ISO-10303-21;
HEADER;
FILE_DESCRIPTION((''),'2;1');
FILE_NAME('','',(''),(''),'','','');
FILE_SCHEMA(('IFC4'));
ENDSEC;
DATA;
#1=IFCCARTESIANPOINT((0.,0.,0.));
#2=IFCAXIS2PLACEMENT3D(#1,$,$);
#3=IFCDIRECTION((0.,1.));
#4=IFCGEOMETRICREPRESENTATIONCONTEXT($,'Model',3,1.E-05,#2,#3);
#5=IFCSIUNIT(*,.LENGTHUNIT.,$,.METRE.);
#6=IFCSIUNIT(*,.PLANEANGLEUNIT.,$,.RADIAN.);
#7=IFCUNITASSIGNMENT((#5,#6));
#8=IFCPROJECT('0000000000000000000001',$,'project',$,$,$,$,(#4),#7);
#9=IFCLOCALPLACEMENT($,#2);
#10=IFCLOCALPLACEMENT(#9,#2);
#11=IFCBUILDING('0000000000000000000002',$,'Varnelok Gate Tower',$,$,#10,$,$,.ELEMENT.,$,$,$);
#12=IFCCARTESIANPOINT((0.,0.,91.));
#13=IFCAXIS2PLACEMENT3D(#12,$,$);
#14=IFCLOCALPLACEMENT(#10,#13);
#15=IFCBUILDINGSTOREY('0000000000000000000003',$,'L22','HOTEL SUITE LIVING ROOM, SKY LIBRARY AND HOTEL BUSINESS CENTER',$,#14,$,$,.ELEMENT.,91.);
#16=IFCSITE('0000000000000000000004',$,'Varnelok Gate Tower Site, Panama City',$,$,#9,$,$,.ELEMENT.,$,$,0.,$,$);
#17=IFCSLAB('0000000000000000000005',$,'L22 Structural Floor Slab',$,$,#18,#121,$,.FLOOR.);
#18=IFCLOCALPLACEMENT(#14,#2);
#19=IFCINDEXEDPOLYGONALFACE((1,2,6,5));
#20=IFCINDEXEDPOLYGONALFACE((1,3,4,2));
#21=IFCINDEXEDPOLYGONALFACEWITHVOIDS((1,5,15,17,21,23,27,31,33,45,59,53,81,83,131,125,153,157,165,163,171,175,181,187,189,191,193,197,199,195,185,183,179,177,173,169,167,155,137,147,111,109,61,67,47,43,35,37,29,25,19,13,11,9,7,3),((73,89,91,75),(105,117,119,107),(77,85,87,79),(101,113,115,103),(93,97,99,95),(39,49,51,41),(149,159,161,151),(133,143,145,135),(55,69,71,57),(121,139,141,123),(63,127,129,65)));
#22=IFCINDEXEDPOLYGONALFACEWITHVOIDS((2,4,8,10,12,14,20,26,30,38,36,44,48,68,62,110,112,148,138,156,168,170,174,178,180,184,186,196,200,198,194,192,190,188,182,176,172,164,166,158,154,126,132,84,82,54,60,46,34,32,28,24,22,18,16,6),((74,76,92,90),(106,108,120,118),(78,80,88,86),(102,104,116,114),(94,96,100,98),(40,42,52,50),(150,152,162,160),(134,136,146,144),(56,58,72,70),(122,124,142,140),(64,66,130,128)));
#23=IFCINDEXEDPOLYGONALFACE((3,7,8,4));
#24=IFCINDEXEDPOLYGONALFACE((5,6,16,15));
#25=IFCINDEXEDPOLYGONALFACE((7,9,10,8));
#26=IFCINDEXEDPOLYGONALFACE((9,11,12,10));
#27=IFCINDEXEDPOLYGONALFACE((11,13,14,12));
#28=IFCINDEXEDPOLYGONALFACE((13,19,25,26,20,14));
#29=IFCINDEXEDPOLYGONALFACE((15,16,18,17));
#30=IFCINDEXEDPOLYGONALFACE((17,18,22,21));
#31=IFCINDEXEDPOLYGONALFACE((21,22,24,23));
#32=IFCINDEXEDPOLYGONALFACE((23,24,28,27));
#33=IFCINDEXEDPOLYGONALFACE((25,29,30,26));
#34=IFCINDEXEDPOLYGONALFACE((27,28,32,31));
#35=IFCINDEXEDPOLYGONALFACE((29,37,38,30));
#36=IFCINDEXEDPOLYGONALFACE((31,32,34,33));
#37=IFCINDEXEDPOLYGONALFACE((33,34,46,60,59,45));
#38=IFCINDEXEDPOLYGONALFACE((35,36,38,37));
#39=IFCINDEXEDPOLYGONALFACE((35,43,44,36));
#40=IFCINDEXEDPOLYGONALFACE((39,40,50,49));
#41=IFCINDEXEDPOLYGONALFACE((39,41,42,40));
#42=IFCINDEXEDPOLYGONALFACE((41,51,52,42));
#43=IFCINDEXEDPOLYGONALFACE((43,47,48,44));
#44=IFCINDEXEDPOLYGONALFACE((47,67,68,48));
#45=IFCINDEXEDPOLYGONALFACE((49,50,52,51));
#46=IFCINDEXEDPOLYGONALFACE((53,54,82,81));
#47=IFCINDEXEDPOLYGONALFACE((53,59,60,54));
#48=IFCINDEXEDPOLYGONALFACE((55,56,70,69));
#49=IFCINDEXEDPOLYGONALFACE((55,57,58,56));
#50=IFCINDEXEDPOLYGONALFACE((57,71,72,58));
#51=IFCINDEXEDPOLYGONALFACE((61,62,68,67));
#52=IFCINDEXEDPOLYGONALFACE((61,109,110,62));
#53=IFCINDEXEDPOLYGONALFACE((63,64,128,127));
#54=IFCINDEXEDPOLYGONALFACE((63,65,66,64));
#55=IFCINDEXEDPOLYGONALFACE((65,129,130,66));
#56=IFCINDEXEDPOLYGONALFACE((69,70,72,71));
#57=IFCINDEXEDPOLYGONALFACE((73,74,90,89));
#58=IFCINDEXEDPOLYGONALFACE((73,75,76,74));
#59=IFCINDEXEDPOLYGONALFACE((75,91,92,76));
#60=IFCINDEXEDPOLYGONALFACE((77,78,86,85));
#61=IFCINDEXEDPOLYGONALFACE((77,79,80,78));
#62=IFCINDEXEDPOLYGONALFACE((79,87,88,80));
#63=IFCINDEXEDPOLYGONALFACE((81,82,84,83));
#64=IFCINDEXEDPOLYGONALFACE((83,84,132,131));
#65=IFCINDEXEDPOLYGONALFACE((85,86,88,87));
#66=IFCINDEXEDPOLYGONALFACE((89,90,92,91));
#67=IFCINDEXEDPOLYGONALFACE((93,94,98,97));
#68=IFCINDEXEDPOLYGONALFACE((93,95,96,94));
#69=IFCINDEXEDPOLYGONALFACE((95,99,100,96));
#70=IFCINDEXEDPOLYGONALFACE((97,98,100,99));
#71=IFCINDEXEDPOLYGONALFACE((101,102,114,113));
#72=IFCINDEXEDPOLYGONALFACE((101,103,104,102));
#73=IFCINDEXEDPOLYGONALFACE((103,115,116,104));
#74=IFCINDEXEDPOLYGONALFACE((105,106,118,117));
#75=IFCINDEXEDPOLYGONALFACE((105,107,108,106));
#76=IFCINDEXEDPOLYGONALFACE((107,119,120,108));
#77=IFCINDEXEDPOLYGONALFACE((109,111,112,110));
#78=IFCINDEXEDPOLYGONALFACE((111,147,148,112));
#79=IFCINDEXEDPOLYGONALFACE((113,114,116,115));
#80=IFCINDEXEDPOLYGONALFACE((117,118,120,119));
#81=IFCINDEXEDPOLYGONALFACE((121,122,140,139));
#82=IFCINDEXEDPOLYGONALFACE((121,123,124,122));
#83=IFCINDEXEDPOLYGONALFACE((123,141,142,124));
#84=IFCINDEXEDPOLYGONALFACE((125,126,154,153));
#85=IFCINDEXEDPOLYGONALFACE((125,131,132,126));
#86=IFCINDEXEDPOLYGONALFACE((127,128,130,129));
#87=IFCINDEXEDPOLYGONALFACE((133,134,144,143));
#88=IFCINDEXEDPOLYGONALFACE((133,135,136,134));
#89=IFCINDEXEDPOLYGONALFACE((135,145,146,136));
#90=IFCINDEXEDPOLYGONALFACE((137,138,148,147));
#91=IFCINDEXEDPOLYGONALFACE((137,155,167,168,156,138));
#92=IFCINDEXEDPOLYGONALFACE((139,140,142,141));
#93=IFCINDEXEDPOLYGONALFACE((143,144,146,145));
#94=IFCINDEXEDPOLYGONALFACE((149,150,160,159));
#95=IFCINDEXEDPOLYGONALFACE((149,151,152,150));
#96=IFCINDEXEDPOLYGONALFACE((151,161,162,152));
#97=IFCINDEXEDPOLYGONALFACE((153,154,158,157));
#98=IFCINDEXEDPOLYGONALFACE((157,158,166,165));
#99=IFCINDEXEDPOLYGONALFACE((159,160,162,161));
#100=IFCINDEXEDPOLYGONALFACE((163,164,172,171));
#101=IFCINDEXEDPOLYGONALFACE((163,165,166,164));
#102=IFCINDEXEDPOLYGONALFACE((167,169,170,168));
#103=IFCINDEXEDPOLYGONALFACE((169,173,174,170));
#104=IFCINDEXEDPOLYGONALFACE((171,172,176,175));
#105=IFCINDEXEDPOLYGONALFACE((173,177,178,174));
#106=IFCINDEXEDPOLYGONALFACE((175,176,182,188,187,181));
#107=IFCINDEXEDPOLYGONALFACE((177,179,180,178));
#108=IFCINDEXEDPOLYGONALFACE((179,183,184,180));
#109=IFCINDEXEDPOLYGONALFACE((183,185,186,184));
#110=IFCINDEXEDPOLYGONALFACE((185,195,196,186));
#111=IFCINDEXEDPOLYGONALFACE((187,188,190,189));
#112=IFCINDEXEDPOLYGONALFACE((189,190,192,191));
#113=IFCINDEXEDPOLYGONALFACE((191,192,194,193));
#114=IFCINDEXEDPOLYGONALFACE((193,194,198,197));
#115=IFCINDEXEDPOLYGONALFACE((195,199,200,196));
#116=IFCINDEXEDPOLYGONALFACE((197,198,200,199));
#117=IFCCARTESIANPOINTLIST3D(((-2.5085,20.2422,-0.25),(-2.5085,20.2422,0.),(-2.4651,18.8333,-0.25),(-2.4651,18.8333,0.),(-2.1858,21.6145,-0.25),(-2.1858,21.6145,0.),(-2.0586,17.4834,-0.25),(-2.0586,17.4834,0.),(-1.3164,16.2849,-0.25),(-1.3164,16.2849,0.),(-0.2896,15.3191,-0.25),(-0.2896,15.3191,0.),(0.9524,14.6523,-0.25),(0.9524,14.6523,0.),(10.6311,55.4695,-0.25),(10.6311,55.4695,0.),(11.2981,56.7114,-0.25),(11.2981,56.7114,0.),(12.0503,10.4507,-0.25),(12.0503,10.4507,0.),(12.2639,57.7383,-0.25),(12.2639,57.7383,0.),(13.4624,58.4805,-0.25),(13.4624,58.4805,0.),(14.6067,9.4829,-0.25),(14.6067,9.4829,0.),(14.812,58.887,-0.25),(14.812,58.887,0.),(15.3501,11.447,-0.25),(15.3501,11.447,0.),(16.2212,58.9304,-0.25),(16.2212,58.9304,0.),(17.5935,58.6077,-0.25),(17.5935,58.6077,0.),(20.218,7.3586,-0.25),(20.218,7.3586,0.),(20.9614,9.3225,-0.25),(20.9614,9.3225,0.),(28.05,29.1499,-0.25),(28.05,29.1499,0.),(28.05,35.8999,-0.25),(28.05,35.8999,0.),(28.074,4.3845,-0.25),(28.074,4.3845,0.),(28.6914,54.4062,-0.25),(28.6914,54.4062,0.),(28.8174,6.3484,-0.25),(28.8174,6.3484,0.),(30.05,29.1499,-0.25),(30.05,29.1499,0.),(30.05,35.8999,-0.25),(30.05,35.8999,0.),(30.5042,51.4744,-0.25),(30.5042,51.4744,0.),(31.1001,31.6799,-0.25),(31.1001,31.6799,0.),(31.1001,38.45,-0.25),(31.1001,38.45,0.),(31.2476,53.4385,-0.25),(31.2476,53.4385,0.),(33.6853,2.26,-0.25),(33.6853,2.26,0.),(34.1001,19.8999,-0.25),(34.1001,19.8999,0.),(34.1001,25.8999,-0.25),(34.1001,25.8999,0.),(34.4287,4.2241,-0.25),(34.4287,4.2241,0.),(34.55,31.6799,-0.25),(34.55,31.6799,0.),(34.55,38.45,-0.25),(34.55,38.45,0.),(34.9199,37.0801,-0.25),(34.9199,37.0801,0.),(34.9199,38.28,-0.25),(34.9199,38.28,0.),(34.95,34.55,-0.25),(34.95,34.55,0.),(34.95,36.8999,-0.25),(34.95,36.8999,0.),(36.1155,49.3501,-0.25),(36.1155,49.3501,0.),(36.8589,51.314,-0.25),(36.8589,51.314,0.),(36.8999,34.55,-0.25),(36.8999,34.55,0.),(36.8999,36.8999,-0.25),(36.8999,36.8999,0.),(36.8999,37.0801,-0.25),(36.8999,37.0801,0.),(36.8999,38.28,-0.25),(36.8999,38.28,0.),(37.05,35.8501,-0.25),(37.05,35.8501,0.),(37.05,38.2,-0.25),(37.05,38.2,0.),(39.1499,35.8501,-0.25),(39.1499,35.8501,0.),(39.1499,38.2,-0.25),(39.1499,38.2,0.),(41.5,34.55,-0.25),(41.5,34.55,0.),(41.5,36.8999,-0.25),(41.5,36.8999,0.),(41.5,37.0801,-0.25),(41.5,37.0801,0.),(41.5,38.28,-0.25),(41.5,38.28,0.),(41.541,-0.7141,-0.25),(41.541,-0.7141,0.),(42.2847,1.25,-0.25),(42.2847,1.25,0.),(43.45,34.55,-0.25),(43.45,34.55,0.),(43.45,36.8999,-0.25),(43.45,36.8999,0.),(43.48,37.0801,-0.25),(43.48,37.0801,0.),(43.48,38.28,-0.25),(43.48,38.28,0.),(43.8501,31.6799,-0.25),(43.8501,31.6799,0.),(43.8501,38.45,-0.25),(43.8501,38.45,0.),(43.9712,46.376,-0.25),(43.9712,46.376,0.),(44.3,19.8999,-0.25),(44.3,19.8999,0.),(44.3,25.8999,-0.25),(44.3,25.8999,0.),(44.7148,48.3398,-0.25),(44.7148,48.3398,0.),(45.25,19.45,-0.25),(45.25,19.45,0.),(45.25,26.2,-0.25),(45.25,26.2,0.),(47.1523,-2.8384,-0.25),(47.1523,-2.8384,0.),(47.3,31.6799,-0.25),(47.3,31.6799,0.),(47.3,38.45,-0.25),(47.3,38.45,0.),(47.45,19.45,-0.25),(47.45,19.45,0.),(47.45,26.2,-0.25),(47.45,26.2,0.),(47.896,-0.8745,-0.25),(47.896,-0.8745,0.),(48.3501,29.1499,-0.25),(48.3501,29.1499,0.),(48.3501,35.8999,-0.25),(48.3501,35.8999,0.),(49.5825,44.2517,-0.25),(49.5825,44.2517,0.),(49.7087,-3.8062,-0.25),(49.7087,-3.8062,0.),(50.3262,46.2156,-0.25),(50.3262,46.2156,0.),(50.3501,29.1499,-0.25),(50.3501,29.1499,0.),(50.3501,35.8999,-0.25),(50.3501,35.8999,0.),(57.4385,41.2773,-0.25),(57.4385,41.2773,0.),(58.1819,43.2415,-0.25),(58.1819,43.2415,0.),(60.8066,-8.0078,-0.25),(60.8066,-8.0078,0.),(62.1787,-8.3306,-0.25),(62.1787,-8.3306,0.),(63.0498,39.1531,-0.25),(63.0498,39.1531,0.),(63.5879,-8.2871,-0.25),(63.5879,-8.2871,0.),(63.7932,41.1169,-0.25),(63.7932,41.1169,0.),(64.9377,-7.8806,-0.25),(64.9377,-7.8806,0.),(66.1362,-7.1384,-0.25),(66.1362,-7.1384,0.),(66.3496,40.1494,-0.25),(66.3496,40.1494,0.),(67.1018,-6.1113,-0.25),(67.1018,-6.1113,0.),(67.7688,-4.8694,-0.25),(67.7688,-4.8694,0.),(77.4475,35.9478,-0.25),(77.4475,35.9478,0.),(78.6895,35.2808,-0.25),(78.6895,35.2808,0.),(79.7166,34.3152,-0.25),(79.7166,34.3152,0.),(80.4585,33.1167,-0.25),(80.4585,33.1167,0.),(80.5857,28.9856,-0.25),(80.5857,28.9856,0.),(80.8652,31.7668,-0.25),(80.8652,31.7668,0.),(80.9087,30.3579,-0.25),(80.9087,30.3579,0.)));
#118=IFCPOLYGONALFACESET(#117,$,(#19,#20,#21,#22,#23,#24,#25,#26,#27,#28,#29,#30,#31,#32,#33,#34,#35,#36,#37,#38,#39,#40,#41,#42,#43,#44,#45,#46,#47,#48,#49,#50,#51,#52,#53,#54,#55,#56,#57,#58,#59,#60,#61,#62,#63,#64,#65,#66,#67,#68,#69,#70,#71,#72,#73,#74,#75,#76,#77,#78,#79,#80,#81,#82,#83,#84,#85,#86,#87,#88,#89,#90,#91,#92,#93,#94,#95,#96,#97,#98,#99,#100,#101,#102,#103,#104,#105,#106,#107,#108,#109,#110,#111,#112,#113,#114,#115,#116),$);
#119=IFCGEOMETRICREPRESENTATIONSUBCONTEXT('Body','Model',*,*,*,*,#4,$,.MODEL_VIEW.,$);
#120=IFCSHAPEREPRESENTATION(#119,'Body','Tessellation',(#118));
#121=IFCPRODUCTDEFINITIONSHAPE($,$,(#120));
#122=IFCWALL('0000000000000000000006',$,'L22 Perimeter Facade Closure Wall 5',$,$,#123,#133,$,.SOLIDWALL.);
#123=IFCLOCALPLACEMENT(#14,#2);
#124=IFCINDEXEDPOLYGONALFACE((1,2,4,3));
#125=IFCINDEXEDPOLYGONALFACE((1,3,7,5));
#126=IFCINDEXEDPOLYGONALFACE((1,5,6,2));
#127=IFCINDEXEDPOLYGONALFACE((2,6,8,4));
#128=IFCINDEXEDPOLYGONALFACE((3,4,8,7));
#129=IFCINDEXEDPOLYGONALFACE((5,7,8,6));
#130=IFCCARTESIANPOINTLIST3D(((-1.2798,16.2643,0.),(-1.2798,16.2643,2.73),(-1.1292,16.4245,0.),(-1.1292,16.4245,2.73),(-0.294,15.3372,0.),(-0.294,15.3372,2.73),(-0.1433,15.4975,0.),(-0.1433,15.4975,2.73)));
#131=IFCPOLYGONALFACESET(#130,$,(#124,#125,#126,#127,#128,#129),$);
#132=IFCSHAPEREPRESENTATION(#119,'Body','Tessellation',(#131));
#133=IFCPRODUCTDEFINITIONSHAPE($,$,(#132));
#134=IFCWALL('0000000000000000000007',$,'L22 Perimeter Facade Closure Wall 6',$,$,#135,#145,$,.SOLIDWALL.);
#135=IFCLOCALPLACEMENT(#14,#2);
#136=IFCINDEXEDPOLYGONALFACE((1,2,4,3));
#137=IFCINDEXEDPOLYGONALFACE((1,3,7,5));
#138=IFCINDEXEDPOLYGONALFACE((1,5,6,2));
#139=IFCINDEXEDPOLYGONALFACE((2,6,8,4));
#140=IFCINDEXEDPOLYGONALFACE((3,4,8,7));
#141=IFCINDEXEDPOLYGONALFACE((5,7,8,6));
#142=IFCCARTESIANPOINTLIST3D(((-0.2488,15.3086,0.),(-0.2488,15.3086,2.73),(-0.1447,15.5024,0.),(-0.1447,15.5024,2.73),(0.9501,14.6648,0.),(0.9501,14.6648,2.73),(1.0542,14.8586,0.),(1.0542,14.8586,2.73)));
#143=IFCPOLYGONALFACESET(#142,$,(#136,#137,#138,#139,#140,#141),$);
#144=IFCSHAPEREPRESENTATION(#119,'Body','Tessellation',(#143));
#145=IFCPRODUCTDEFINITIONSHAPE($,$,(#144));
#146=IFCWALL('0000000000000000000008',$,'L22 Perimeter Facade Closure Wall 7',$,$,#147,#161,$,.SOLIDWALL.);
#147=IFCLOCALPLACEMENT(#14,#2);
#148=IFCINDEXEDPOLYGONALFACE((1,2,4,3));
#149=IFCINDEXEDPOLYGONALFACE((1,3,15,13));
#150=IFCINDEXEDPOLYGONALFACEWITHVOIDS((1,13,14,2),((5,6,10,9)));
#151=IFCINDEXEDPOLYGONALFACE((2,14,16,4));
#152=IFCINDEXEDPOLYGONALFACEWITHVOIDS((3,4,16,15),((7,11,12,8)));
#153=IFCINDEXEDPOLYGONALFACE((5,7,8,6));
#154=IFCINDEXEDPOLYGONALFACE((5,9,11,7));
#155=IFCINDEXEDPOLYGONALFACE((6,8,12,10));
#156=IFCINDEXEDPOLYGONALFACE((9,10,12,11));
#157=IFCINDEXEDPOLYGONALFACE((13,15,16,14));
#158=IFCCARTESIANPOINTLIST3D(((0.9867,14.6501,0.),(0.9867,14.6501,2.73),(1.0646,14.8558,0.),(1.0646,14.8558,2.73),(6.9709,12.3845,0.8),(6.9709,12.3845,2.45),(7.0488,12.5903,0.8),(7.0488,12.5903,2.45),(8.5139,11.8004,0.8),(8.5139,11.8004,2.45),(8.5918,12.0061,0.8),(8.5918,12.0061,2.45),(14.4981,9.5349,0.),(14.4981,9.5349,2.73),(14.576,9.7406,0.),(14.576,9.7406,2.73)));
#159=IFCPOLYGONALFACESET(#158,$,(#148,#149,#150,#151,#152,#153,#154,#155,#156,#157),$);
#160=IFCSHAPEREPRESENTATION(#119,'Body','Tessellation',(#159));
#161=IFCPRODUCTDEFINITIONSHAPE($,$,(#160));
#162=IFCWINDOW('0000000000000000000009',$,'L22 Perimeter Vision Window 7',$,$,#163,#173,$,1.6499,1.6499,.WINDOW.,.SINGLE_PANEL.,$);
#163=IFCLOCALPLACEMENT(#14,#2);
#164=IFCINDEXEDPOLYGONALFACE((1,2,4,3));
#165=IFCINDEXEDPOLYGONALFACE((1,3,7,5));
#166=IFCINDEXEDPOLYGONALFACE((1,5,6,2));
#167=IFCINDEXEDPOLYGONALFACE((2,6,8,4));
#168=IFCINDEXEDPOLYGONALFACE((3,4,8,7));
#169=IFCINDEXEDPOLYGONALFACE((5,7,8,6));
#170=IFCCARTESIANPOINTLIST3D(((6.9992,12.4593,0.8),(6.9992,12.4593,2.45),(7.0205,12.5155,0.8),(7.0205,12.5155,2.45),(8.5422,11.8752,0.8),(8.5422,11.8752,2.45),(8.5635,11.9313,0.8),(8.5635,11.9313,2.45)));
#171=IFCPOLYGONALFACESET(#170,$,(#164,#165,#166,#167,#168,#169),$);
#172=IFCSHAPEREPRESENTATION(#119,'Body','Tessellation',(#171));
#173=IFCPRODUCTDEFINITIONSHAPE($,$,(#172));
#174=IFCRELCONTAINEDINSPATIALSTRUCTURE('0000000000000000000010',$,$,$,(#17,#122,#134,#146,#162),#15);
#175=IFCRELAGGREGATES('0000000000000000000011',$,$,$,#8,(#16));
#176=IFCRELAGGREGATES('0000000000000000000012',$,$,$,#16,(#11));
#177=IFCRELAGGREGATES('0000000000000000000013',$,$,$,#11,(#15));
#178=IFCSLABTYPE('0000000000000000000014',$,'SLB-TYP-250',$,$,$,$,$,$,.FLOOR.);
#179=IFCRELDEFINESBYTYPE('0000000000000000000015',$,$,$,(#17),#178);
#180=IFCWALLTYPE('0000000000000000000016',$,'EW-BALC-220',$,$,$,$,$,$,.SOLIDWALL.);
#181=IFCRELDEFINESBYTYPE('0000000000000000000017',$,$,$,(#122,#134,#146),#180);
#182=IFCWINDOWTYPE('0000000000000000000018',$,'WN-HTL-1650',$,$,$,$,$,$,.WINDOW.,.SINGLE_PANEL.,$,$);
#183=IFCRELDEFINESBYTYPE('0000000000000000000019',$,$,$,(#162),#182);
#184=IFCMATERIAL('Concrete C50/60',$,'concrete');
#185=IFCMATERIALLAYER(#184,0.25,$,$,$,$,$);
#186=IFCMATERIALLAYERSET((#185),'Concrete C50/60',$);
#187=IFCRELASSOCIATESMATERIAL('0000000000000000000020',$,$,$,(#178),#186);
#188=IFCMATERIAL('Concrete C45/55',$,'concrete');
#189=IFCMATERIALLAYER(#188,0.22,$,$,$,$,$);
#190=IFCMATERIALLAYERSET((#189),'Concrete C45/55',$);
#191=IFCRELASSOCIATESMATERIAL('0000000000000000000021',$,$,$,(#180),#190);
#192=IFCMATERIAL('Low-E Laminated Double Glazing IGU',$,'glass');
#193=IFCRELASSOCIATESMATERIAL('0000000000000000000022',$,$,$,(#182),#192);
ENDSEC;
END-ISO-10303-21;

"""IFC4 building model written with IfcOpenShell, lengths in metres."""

from ifc_helpers import new_model, si_unit, direction, frame, frame_2d, origin, place, context, subcontext, project, spatial, polyline, rectangle, outline, extrude, material, layer, layer_set, type_object, element, fill, save


model = new_model("IFC4")

# Units and contexts
model_context = context("Model", 3, precision=1e-05, world=origin(), true_north=direction((0.0, 1.0)))
body_context = subcontext(model_context, "Body", "Model", "MODEL_VIEW")
ifc_project = project(units=[si_unit("LENGTHUNIT", "METRE"), si_unit("PLANEANGLEUNIT", "RADIAN")], contexts=[model_context])

# Site, building, storey
site_placement = place(None, origin())
site = spatial("IfcSite", under=ifc_project, at=site_placement, Name="Varnelok Gate Tower Site, Panama City", CompositionType="ELEMENT", RefElevation=0.0)
building_placement = place(site_placement, origin())
building = spatial("IfcBuilding", under=site, at=building_placement, Name="Varnelok Gate Tower", CompositionType="ELEMENT")
storey_placement = place(building_placement, frame((0.0, 0.0, 91.0)))
storey = spatial("IfcBuildingStorey", under=building, at=storey_placement, Name="L22", Description="HOTEL SUITE LIVING ROOM, SKY LIBRARY AND HOTEL BUSINESS CENTER", CompositionType="ELEMENT", Elevation=91.0)

# Shared definitions
ifc_material_1 = material(Name="Concrete C45/55", Category="concrete")

# Shared definitions
ifc_material_2 = material(Name="Concrete C50/60", Category="concrete")

# Slab
ifc_layer_1 = layer(ifc_material_2, 0.25)
ifc_layer_set_1 = layer_set([ifc_layer_1], Name="Concrete C50/60")
slab_type_1 = type_object("IfcSlabType", Name="SLB-TYP-250", PredefinedType="FLOOR", material=ifc_layer_set_1)
slab_1_placement = place(storey_placement, frame((0.0, 0.0, -0.25)))
element("IfcSlab", 1, at=slab_1_placement, inside=storey, type_object=slab_type_1, Name="L22 Structural Floor Slab", PredefinedType="FLOOR", context=body_context, shape_type="SweptSolid", body=[
    extrude(outline(polyline([(-2.1858, 21.6145), (-2.5085, 20.2422), (-2.4651, 18.8333), (-2.0586, 17.4834), (-1.3164, 16.2849), (-0.2896, 15.3191), (0.9524, 14.6523), (12.0503, 10.4507), (14.6067, 9.4829), (15.3501, 11.447), (20.9614, 9.3225), (20.218, 7.3586), (28.074, 4.3845), (28.8174, 6.3484), (34.4287, 4.2241), (33.6853, 2.26), (41.541, -0.7141), (42.2847, 1.25), (47.896, -0.8745), (47.1523, -2.8384), (49.7087, -3.8062), (60.8066, -8.0078), (62.1787, -8.3306), (63.5879, -8.2871), (64.9377, -7.8806), (66.1362, -7.1384), (67.1018, -6.1113), (67.7688, -4.8694), (80.5857, 28.9856), (80.9087, 30.3579), (80.8652, 31.7668), (80.4585, 33.1167), (79.7166, 34.3152), (78.6895, 35.2808), (77.4475, 35.9478), (66.3496, 40.1494), (63.7932, 41.1169), (63.0498, 39.1531), (57.4385, 41.2773), (58.1819, 43.2415), (50.3262, 46.2156), (49.5825, 44.2517), (43.9712, 46.376), (44.7148, 48.3398), (36.8589, 51.314), (36.1155, 49.3501), (30.5042, 51.4744), (31.2476, 53.4385), (28.6914, 54.4062), (17.5935, 58.6077), (16.2212, 58.9304), (14.812, 58.887), (13.4624, 58.4805), (12.2639, 57.7383), (11.2981, 56.7114), (10.6311, 55.4695), (-2.1858, 21.6145)]), holes=[polyline([(34.55, 31.6799), (34.55, 38.45), (31.1001, 38.45), (31.1001, 31.6799), (34.55, 31.6799)]), polyline([(47.3, 31.6799), (47.3, 38.45), (43.8501, 38.45), (43.8501, 31.6799), (47.3, 31.6799)]), polyline([(34.95, 34.55), (36.8999, 34.55), (36.8999, 36.8999), (34.95, 36.8999), (34.95, 34.55)]), polyline([(41.5, 34.55), (43.45, 34.55), (43.45, 36.8999), (41.5, 36.8999), (41.5, 34.55)]), polyline([(37.05, 35.8501), (39.1499, 35.8501), (39.1499, 38.2), (37.05, 38.2), (37.05, 35.8501)]), polyline([(28.05, 29.1499), (30.05, 29.1499), (30.05, 35.8999), (28.05, 35.8999), (28.05, 29.1499)]), polyline([(48.3501, 29.1499), (50.3501, 29.1499), (50.3501, 35.8999), (48.3501, 35.8999), (48.3501, 29.1499)]), polyline([(45.25, 19.45), (47.45, 19.45), (47.45, 26.2), (45.25, 26.2), (45.25, 19.45)]), polyline([(34.9199, 37.0801), (36.8999, 37.0801), (36.8999, 38.28), (34.9199, 38.28), (34.9199, 37.0801)]), polyline([(41.5, 37.0801), (43.48, 37.0801), (43.48, 38.28), (41.5, 38.28), (41.5, 37.0801)]), polyline([(34.1001, 19.8999), (44.3, 19.8999), (44.3, 25.8999), (34.1001, 25.8999), (34.1001, 19.8999)])]), origin(), (0.0, 0.0, 1.0), 0.25),
])

# Walls
ifc_layer_2 = layer(ifc_material_1, 0.22)
ifc_layer_set_2 = layer_set([ifc_layer_2], Name="Concrete C45/55")
wall_type_1 = type_object("IfcWallType", Name="EW-BALC-220", PredefinedType="SOLIDWALL", material=ifc_layer_set_2)
wall_1_placement = place(storey_placement, frame((-1.2046, 16.3445, 0.0), z_axis=(0.0, 0.0, 1.0), x_axis=(0.728512, -0.685033, 0.0)))
element("IfcWall", 2, at=wall_1_placement, inside=storey, type_object=wall_type_1, Name="L22 Perimeter Facade Closure Wall 5", PredefinedType="SOLIDWALL", context=body_context, shape_type="SweptSolid", body=[
    extrude(rectangle(XDim=1.3533, YDim=0.22, at=frame_2d((0.6768, 0.0))), origin(), (0.0, 0.0, 1.0), 2.73),
])
wall_2_placement = place(storey_placement, frame((-0.1968, 15.4055, 0.0), z_axis=(0.0, 0.0, 1.0), x_axis=(0.881024, -0.473072, 0.0)))
element("IfcWall", 3, at=wall_2_placement, inside=storey, type_object=wall_type_1, Name="L22 Perimeter Facade Closure Wall 6", PredefinedType="SOLIDWALL", context=body_context, shape_type="SweptSolid", body=[
    extrude(rectangle(XDim=1.3608, YDim=0.22, at=frame_2d((0.6804, 0.0))), origin(), (0.0, 0.0, 1.0), 2.73),
])

# Wall, opening, window
wall_3_placement = place(storey_placement, frame((1.0256, 14.7529, 0.0), z_axis=(0.0, 0.0, 1.0), x_axis=(0.935222, -0.354061, 0.0)))
wall_3 = element("IfcWall", 4, at=wall_3_placement, inside=storey, type_object=wall_type_1, Name="L22 Perimeter Facade Closure Wall 7", PredefinedType="SOLIDWALL", context=body_context, shape_type="SweptSolid", body=[
    extrude(rectangle(XDim=14.4473, YDim=0.22, at=frame_2d((7.2236, 0.0))), origin(), (0.0, 0.0, 1.0), 2.73),
])
opening_1_placement = place(wall_3_placement, frame((6.3987, 0.0, 0.8)))
opening_1 = element("IfcOpeningElement", 5, at=opening_1_placement, cuts=wall_3, PredefinedType="OPENING", context=body_context, shape_type="SweptSolid", body=[
    extrude(rectangle(XDim=1.6499, YDim=1.6499, at=frame_2d((0.825, 0.825))), frame((0.0, 0.1199, 0.0), z_axis=(0.0, -1.0, 0.0), x_axis=(1.0, 0.0, 0.0)), (0.0, 0.0, 1.0), 0.24),
])
ifc_material_3 = material(Name="Low-E Laminated Double Glazing IGU", Category="glass")
window_type = type_object("IfcWindowType", Name="WN-HTL-1650", PartitioningType="SINGLE_PANEL", PredefinedType="WINDOW", material=ifc_material_3)
window_placement = place(opening_1_placement, origin())
window = element("IfcWindow", 6, at=window_placement, inside=storey, type_object=window_type, Name="L22 Perimeter Vision Window 7", OverallHeight=1.6499, OverallWidth=1.6499, PartitioningType="SINGLE_PANEL", PredefinedType="WINDOW", context=body_context, shape_type="SweptSolid", body=[
    extrude(rectangle(XDim=1.6499, YDim=1.6499, at=frame_2d((0.825, 0.825))), frame((0.0, 0.03, 0.0), z_axis=(0.0, -1.0, 0.0), x_axis=(1.0, 0.0, 0.0)), (0.0, 0.0, 1.0), 0.0601),
])
fill(opening_1, window)

save(model, "model.ifc")
